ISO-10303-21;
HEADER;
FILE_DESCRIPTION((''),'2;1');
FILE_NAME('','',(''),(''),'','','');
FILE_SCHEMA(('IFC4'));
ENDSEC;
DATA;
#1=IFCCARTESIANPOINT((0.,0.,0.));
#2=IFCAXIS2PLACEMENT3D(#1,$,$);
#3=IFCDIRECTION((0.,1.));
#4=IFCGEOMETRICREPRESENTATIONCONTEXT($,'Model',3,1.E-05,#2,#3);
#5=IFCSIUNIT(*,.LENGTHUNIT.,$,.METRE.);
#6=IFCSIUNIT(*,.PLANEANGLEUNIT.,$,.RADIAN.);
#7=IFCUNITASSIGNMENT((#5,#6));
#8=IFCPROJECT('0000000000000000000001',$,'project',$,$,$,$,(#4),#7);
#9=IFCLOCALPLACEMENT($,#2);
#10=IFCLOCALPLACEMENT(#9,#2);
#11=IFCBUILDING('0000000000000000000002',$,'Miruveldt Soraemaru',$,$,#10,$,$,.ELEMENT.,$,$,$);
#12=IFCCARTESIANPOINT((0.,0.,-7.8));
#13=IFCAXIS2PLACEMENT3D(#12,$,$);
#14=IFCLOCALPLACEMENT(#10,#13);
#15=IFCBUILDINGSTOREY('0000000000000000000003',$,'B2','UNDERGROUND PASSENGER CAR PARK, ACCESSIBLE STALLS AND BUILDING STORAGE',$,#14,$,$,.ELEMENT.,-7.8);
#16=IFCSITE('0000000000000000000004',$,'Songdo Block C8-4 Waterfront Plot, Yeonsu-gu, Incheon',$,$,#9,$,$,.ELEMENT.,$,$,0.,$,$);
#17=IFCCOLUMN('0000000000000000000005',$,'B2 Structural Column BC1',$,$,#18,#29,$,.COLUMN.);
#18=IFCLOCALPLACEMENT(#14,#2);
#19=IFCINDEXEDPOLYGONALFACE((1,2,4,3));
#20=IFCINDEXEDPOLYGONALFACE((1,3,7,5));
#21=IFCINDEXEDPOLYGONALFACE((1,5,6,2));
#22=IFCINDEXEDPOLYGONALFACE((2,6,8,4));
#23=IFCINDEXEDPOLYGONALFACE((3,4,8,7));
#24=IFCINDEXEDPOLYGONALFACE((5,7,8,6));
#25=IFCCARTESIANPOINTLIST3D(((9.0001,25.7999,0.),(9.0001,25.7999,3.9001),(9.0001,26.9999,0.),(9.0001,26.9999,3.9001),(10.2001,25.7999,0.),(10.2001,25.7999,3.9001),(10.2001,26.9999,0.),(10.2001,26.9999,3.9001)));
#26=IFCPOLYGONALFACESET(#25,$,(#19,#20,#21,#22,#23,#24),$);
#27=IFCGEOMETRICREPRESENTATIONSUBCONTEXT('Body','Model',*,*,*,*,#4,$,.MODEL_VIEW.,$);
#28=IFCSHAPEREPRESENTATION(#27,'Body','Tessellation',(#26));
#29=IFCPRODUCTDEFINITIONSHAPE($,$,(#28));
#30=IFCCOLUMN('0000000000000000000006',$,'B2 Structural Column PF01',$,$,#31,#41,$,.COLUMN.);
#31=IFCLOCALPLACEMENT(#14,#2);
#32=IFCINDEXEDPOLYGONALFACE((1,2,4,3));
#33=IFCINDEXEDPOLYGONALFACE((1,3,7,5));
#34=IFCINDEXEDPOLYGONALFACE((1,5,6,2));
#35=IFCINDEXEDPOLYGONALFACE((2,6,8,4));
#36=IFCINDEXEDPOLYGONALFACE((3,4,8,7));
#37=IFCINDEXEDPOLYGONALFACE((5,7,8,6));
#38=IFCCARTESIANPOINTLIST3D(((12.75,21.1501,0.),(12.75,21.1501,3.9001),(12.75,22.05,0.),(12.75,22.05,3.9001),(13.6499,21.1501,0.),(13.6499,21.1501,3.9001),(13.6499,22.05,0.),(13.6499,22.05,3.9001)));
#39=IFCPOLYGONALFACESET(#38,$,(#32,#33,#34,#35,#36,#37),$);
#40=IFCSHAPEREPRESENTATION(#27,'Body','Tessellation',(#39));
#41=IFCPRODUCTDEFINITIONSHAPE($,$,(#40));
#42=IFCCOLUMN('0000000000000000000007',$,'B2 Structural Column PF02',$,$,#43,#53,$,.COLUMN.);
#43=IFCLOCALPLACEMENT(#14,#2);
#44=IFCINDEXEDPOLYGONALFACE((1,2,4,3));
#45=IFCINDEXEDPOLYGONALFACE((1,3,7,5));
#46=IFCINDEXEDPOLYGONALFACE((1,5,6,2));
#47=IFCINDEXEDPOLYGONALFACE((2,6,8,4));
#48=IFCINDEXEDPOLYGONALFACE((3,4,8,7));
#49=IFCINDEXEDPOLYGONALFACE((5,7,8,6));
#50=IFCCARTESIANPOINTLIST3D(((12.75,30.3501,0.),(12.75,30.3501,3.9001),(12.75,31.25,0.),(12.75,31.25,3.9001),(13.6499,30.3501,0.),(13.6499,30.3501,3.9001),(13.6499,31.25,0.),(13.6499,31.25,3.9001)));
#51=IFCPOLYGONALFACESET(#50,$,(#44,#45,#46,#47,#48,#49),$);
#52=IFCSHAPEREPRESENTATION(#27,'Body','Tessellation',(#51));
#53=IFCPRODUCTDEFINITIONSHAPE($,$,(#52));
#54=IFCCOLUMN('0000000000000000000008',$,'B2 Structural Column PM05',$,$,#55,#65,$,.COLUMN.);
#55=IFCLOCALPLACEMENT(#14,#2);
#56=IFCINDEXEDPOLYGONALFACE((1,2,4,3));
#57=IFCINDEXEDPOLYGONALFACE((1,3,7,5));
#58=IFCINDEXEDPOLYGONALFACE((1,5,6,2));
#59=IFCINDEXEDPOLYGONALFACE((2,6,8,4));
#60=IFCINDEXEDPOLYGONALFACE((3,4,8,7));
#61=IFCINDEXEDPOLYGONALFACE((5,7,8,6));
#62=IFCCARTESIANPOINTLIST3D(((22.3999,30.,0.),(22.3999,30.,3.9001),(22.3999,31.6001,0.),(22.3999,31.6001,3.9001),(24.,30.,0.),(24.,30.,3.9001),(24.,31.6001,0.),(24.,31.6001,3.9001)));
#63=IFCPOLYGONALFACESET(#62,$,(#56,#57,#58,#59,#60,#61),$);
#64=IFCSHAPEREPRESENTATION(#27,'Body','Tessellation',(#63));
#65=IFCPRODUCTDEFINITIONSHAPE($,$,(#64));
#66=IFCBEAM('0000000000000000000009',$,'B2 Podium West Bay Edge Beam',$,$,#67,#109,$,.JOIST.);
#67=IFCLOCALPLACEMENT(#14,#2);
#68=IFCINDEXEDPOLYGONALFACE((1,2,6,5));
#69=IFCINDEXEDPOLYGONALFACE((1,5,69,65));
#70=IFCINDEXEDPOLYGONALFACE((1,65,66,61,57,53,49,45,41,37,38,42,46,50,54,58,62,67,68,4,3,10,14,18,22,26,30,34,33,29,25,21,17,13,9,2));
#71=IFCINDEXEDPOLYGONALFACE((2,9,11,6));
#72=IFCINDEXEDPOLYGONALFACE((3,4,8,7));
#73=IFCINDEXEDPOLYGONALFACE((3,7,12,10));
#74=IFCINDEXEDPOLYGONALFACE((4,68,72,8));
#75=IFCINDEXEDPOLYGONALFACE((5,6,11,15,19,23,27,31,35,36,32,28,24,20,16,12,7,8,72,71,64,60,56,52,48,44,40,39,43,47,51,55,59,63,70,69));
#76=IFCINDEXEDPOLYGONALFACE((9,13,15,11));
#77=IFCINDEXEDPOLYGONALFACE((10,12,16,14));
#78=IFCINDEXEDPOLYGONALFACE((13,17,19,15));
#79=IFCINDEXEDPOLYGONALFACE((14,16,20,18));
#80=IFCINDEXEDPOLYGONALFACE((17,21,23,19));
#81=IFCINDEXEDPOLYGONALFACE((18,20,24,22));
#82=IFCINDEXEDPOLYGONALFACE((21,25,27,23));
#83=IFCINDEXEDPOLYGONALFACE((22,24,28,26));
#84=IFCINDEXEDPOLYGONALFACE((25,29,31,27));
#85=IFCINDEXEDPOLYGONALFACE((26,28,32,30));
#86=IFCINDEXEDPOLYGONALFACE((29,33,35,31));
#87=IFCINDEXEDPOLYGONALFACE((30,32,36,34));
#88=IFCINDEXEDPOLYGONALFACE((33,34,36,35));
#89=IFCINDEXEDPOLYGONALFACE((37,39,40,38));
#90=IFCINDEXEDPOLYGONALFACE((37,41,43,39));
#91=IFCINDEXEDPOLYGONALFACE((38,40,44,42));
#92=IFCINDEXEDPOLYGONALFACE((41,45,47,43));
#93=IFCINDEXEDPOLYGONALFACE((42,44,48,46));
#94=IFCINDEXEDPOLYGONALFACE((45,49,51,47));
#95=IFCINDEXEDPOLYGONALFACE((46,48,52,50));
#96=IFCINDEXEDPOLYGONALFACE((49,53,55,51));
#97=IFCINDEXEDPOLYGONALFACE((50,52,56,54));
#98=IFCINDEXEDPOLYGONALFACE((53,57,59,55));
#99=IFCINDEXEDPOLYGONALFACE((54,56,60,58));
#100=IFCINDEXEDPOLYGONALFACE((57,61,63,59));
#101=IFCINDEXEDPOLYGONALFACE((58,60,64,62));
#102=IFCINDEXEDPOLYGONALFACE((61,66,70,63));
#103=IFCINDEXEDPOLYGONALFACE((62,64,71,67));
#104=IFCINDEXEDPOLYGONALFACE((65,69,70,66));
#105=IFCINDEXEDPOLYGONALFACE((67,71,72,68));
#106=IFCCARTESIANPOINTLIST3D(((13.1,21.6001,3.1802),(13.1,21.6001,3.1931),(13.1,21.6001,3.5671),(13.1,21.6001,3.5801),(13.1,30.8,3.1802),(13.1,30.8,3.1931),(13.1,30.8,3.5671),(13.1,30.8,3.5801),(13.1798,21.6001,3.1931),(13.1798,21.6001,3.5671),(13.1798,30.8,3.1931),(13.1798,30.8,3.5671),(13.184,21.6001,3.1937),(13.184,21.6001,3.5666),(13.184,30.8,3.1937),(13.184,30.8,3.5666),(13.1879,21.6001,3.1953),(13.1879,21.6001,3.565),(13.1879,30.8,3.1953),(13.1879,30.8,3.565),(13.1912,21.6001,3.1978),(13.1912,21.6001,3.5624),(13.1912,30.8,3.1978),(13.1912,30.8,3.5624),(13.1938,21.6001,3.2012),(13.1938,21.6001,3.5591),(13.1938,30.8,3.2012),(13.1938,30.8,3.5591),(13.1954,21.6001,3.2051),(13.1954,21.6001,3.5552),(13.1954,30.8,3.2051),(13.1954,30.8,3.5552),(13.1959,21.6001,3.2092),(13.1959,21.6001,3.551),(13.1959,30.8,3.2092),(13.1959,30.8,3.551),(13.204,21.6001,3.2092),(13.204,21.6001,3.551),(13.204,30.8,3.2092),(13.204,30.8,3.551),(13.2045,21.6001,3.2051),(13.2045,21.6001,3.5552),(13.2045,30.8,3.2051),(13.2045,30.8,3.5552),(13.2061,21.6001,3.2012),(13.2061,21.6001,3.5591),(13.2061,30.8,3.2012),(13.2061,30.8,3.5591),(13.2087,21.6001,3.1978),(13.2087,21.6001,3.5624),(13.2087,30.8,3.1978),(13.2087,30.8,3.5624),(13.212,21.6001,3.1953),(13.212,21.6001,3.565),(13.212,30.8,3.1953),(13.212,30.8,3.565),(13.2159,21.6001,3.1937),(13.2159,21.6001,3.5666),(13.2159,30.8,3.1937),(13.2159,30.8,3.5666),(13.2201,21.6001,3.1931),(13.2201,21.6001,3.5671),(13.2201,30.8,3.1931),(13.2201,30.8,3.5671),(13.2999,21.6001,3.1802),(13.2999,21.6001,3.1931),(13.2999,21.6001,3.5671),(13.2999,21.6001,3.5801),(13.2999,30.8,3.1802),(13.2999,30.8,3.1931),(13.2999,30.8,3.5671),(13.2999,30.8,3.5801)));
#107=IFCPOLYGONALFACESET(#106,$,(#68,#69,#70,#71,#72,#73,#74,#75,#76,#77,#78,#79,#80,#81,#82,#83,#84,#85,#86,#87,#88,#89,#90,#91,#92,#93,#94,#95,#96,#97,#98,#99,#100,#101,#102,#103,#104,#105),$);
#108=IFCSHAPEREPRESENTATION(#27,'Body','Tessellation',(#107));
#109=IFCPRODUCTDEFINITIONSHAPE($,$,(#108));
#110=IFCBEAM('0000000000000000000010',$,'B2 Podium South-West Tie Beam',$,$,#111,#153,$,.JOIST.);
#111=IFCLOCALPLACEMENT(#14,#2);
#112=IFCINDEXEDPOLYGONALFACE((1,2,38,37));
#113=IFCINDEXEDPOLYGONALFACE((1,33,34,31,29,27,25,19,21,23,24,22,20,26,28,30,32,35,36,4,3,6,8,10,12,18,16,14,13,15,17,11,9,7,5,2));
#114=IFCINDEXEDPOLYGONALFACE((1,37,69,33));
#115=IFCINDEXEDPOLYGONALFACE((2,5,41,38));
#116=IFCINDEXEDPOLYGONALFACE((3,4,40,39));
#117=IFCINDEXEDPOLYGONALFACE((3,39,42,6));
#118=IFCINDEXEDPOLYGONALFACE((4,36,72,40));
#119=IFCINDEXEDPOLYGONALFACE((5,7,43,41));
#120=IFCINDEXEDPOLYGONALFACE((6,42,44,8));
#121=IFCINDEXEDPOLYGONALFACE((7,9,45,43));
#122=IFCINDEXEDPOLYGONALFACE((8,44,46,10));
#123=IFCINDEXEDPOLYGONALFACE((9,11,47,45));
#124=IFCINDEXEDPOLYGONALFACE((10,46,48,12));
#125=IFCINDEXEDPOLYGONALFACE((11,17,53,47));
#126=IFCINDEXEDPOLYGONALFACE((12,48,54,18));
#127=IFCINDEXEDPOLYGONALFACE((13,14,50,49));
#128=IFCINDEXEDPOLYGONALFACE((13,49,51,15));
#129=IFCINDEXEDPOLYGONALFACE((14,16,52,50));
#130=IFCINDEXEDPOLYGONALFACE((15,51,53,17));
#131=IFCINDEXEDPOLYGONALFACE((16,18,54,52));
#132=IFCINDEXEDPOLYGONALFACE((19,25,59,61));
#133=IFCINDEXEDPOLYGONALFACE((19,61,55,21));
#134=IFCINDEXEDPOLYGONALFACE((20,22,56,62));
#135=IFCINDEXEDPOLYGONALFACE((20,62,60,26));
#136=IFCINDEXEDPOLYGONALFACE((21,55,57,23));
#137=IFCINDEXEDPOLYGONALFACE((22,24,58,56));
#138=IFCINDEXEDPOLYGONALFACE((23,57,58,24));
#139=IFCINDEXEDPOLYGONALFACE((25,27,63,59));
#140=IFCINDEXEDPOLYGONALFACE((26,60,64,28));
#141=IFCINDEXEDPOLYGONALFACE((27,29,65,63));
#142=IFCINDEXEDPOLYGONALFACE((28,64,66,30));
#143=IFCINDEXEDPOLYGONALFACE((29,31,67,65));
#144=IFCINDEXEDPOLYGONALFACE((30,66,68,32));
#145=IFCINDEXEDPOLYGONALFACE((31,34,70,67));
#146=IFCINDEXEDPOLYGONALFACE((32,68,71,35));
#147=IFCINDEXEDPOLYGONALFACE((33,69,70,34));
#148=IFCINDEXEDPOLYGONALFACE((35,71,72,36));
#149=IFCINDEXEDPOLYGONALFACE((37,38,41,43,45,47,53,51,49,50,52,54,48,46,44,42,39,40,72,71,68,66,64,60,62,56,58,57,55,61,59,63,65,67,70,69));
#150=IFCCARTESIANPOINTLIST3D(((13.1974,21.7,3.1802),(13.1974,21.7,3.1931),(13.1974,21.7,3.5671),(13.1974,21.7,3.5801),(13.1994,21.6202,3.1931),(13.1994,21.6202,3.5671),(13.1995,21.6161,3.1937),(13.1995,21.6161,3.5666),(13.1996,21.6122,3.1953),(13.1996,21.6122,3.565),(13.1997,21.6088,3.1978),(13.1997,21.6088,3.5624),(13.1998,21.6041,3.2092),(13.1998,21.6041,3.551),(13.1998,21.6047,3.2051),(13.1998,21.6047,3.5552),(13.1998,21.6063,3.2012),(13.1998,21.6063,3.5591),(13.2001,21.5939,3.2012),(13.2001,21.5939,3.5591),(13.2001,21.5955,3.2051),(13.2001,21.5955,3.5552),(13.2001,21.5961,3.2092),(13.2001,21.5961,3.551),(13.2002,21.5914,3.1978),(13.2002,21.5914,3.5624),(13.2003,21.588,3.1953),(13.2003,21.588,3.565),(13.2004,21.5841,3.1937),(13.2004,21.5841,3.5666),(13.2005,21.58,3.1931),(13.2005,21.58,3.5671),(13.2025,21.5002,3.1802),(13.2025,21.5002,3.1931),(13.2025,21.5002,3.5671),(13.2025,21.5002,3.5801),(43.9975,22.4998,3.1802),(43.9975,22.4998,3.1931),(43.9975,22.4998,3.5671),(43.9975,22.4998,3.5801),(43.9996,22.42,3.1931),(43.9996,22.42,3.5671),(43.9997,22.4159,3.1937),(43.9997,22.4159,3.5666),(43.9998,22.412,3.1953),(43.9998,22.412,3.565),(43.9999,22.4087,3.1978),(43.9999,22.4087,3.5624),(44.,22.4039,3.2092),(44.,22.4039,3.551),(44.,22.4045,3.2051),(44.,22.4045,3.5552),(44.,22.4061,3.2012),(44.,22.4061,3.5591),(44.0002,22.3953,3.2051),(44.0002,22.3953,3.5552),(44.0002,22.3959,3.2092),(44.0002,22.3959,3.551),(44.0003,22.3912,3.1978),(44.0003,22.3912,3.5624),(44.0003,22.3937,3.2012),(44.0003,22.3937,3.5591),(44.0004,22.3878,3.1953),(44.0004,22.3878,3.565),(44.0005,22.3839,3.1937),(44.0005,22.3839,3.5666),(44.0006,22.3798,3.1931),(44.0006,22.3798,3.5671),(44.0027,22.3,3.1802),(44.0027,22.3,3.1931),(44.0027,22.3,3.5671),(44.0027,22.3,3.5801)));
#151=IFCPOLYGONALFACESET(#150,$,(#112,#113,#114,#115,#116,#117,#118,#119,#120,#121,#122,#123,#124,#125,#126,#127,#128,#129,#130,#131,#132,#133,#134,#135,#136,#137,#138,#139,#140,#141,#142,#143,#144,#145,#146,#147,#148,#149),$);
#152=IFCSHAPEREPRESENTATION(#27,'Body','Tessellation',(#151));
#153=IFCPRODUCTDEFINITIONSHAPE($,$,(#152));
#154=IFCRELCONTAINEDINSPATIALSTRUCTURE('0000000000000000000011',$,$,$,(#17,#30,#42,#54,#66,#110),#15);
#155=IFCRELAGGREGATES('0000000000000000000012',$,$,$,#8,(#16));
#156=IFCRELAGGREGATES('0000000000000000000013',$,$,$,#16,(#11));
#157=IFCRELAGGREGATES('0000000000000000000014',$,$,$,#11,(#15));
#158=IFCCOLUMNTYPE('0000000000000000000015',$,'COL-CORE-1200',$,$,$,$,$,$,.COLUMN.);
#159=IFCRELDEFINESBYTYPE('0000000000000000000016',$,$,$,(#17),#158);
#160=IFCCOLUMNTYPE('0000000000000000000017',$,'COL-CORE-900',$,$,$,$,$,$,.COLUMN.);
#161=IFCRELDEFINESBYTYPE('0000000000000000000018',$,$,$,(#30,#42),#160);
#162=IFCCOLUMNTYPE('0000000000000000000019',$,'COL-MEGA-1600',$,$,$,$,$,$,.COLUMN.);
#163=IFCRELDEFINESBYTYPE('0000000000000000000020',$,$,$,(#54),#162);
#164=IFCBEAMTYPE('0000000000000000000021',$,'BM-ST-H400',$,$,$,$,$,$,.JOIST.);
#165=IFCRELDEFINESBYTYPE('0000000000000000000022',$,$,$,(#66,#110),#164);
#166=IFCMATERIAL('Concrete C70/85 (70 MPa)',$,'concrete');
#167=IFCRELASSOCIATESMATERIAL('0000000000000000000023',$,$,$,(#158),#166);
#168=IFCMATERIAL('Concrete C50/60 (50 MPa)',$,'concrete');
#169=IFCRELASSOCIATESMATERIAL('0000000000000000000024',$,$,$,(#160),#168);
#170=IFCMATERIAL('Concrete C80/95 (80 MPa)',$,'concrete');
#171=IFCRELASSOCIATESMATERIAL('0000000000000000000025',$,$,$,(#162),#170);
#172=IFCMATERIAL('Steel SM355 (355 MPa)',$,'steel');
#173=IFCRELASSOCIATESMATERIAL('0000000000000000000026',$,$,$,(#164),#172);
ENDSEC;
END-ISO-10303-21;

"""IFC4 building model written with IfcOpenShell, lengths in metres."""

from ifc_helpers import new_model, si_unit, direction, frame, origin, origin_2d, place, context, subcontext, project, spatial, rectangle, i_section, extrude, material, material_profile, profile_set, type_object, element, save


model = new_model("IFC4")

# Units and contexts
model_context = context("Model", 3, precision=1e-05, world=origin(), true_north=direction((0.0, 1.0)))
body_context = subcontext(model_context, "Body", "Model", "MODEL_VIEW")
ifc_project = project(units=[si_unit("LENGTHUNIT", "METRE"), si_unit("PLANEANGLEUNIT", "RADIAN")], contexts=[model_context])

# Site, building, storey
site_placement = place(None, origin())
site = spatial("IfcSite", under=ifc_project, at=site_placement, Name="Songdo Block C8-4 Waterfront Plot, Yeonsu-gu, Incheon", CompositionType="ELEMENT", RefElevation=0.0)
building_placement = place(site_placement, origin())
building = spatial("IfcBuilding", under=site, at=building_placement, Name="Miruveldt Soraemaru", CompositionType="ELEMENT")
storey_placement = place(building_placement, frame((0.0, 0.0, -7.8)))
storey = spatial("IfcBuildingStorey", under=building, at=storey_placement, Name="B2", Description="UNDERGROUND PASSENGER CAR PARK, ACCESSIBLE STALLS AND BUILDING STORAGE", CompositionType="ELEMENT", Elevation=-7.8)

# Columns
ifc_material_1 = material(Name="Concrete C70/85 (70 MPa)", Category="concrete")
ifc_material_profile_1 = material_profile(ifc_material_1, rectangle(XDim=1.2, YDim=1.2, at=origin_2d()), Name="Concrete C70/85 (70 MPa)", Category="concrete")
ifc_profile_set_1 = profile_set([ifc_material_profile_1], Name="Concrete C70/85 (70 MPa)")
column_type_1 = type_object("IfcColumnType", Name="COL-CORE-1200", PredefinedType="COLUMN", material=ifc_profile_set_1)
column_1_placement = place(storey_placement, frame((9.6001, 26.3999, 0.0), z_axis=(0.0, 0.0, 1.0), x_axis=(1.0, 0.0, 0.0)))
element("IfcColumn", 1, at=column_1_placement, inside=storey, type_object=column_type_1, Name="B2 Structural Column BC1", PredefinedType="COLUMN", context=body_context, shape_type="SweptSolid", body=[
    extrude(rectangle(XDim=1.2, YDim=1.2, at=origin_2d()), origin(), (0.0, 0.0, 1.0), 3.9001),
])
ifc_material_2 = material(Name="Concrete C50/60 (50 MPa)", Category="concrete")
ifc_material_profile_2 = material_profile(ifc_material_2, rectangle(XDim=0.8999, YDim=0.8999, at=origin_2d()), Name="Concrete C50/60 (50 MPa)", Category="concrete")
ifc_profile_set_2 = profile_set([ifc_material_profile_2], Name="Concrete C50/60 (50 MPa)")
column_type_2 = type_object("IfcColumnType", Name="COL-CORE-900", PredefinedType="COLUMN", material=ifc_profile_set_2)
for number, where, z_axis, x_axis, name in (
    (2, (13.2, 21.6001, 0.0), (0.0, 0.0, 1.0), (1.0, 0.0, 0.0), "B2 Structural Column PF01"),
    (3, (13.2, 30.8, 0.0), (0.0, 0.0, 1.0), (1.0, 0.0, 0.0), "B2 Structural Column PF02"),
):
    element("IfcColumn", number, at=place(storey_placement, frame(where, z_axis=z_axis, x_axis=x_axis)), inside=storey, type_object=column_type_2, Name=name, PredefinedType="COLUMN", context=body_context, shape_type="SweptSolid", body=[
        extrude(rectangle(XDim=0.8999, YDim=0.8999, at=origin_2d()), origin(), (0.0, 0.0, 1.0), 3.9001),
    ])
ifc_material_3 = material(Name="Concrete C80/95 (80 MPa)", Category="concrete")
ifc_material_profile_3 = material_profile(ifc_material_3, rectangle(XDim=1.6001, YDim=1.6001, at=origin_2d()), Name="Concrete C80/95 (80 MPa)", Category="concrete")
ifc_profile_set_3 = profile_set([ifc_material_profile_3], Name="Concrete C80/95 (80 MPa)")
column_type_3 = type_object("IfcColumnType", Name="COL-MEGA-1600", PredefinedType="COLUMN", material=ifc_profile_set_3)
column_2_placement = place(storey_placement, frame((23.2, 30.8, 0.0), z_axis=(0.0, 0.0, 1.0), x_axis=(1.0, 0.0, 0.0)))
element("IfcColumn", 4, at=column_2_placement, inside=storey, type_object=column_type_3, Name="B2 Structural Column PM05", PredefinedType="COLUMN", context=body_context, shape_type="SweptSolid", body=[
    extrude(rectangle(XDim=1.6001, YDim=1.6001, at=origin_2d()), origin(), (0.0, 0.0, 1.0), 3.9001),
])

# Beams
ifc_material_4 = material(Name="Steel SM355 (355 MPa)", Category="steel")
ifc_material_profile_4 = material_profile(ifc_material_4, i_section(OverallWidth=0.2, OverallDepth=0.3999, WebThickness=0.0081, FlangeThickness=0.0129, FilletRadius=0.0161, at=origin_2d()), Name="Steel SM355 (355 MPa)", Category="steel")
ifc_profile_set_4 = profile_set([ifc_material_profile_4], Name="Steel SM355 (355 MPa)")
beam_type_1 = type_object("IfcBeamType", Name="BM-ST-H400", PredefinedType="JOIST", material=ifc_profile_set_4)
beam_1_placement = place(storey_placement, frame((13.2, 30.8, 3.3801), z_axis=(0.0, -1.0, 0.0), x_axis=(1.0, 0.0, 0.0)))
element("IfcBeam", 5, at=beam_1_placement, inside=storey, type_object=beam_type_1, Name="B2 Podium West Bay Edge Beam", PredefinedType="JOIST", context=body_context, shape_type="SweptSolid", body=[
    extrude(i_section(OverallWidth=0.2, OverallDepth=0.3999, WebThickness=0.0081, FlangeThickness=0.0129, FilletRadius=0.0161, at=origin_2d()), origin(), (0.0, 0.0, 1.0), 9.2),
])
beam_2_placement = place(storey_placement, frame((13.2, 21.6001, 3.3801), z_axis=(0.999663, 0.025959, 0.0), x_axis=(-0.025959, 0.999663, 0.0)))
element("IfcBeam", 6, at=beam_2_placement, inside=storey, type_object=beam_type_1, Name="B2 Podium South-West Tie Beam", PredefinedType="JOIST", context=body_context, shape_type="SweptSolid", body=[
    extrude(i_section(OverallWidth=0.2, OverallDepth=0.3999, WebThickness=0.0081, FlangeThickness=0.0129, FilletRadius=0.0161, at=origin_2d()), origin(), (0.0, 0.0, 1.0), 30.8105),
])

save(model, "model.ifc")
